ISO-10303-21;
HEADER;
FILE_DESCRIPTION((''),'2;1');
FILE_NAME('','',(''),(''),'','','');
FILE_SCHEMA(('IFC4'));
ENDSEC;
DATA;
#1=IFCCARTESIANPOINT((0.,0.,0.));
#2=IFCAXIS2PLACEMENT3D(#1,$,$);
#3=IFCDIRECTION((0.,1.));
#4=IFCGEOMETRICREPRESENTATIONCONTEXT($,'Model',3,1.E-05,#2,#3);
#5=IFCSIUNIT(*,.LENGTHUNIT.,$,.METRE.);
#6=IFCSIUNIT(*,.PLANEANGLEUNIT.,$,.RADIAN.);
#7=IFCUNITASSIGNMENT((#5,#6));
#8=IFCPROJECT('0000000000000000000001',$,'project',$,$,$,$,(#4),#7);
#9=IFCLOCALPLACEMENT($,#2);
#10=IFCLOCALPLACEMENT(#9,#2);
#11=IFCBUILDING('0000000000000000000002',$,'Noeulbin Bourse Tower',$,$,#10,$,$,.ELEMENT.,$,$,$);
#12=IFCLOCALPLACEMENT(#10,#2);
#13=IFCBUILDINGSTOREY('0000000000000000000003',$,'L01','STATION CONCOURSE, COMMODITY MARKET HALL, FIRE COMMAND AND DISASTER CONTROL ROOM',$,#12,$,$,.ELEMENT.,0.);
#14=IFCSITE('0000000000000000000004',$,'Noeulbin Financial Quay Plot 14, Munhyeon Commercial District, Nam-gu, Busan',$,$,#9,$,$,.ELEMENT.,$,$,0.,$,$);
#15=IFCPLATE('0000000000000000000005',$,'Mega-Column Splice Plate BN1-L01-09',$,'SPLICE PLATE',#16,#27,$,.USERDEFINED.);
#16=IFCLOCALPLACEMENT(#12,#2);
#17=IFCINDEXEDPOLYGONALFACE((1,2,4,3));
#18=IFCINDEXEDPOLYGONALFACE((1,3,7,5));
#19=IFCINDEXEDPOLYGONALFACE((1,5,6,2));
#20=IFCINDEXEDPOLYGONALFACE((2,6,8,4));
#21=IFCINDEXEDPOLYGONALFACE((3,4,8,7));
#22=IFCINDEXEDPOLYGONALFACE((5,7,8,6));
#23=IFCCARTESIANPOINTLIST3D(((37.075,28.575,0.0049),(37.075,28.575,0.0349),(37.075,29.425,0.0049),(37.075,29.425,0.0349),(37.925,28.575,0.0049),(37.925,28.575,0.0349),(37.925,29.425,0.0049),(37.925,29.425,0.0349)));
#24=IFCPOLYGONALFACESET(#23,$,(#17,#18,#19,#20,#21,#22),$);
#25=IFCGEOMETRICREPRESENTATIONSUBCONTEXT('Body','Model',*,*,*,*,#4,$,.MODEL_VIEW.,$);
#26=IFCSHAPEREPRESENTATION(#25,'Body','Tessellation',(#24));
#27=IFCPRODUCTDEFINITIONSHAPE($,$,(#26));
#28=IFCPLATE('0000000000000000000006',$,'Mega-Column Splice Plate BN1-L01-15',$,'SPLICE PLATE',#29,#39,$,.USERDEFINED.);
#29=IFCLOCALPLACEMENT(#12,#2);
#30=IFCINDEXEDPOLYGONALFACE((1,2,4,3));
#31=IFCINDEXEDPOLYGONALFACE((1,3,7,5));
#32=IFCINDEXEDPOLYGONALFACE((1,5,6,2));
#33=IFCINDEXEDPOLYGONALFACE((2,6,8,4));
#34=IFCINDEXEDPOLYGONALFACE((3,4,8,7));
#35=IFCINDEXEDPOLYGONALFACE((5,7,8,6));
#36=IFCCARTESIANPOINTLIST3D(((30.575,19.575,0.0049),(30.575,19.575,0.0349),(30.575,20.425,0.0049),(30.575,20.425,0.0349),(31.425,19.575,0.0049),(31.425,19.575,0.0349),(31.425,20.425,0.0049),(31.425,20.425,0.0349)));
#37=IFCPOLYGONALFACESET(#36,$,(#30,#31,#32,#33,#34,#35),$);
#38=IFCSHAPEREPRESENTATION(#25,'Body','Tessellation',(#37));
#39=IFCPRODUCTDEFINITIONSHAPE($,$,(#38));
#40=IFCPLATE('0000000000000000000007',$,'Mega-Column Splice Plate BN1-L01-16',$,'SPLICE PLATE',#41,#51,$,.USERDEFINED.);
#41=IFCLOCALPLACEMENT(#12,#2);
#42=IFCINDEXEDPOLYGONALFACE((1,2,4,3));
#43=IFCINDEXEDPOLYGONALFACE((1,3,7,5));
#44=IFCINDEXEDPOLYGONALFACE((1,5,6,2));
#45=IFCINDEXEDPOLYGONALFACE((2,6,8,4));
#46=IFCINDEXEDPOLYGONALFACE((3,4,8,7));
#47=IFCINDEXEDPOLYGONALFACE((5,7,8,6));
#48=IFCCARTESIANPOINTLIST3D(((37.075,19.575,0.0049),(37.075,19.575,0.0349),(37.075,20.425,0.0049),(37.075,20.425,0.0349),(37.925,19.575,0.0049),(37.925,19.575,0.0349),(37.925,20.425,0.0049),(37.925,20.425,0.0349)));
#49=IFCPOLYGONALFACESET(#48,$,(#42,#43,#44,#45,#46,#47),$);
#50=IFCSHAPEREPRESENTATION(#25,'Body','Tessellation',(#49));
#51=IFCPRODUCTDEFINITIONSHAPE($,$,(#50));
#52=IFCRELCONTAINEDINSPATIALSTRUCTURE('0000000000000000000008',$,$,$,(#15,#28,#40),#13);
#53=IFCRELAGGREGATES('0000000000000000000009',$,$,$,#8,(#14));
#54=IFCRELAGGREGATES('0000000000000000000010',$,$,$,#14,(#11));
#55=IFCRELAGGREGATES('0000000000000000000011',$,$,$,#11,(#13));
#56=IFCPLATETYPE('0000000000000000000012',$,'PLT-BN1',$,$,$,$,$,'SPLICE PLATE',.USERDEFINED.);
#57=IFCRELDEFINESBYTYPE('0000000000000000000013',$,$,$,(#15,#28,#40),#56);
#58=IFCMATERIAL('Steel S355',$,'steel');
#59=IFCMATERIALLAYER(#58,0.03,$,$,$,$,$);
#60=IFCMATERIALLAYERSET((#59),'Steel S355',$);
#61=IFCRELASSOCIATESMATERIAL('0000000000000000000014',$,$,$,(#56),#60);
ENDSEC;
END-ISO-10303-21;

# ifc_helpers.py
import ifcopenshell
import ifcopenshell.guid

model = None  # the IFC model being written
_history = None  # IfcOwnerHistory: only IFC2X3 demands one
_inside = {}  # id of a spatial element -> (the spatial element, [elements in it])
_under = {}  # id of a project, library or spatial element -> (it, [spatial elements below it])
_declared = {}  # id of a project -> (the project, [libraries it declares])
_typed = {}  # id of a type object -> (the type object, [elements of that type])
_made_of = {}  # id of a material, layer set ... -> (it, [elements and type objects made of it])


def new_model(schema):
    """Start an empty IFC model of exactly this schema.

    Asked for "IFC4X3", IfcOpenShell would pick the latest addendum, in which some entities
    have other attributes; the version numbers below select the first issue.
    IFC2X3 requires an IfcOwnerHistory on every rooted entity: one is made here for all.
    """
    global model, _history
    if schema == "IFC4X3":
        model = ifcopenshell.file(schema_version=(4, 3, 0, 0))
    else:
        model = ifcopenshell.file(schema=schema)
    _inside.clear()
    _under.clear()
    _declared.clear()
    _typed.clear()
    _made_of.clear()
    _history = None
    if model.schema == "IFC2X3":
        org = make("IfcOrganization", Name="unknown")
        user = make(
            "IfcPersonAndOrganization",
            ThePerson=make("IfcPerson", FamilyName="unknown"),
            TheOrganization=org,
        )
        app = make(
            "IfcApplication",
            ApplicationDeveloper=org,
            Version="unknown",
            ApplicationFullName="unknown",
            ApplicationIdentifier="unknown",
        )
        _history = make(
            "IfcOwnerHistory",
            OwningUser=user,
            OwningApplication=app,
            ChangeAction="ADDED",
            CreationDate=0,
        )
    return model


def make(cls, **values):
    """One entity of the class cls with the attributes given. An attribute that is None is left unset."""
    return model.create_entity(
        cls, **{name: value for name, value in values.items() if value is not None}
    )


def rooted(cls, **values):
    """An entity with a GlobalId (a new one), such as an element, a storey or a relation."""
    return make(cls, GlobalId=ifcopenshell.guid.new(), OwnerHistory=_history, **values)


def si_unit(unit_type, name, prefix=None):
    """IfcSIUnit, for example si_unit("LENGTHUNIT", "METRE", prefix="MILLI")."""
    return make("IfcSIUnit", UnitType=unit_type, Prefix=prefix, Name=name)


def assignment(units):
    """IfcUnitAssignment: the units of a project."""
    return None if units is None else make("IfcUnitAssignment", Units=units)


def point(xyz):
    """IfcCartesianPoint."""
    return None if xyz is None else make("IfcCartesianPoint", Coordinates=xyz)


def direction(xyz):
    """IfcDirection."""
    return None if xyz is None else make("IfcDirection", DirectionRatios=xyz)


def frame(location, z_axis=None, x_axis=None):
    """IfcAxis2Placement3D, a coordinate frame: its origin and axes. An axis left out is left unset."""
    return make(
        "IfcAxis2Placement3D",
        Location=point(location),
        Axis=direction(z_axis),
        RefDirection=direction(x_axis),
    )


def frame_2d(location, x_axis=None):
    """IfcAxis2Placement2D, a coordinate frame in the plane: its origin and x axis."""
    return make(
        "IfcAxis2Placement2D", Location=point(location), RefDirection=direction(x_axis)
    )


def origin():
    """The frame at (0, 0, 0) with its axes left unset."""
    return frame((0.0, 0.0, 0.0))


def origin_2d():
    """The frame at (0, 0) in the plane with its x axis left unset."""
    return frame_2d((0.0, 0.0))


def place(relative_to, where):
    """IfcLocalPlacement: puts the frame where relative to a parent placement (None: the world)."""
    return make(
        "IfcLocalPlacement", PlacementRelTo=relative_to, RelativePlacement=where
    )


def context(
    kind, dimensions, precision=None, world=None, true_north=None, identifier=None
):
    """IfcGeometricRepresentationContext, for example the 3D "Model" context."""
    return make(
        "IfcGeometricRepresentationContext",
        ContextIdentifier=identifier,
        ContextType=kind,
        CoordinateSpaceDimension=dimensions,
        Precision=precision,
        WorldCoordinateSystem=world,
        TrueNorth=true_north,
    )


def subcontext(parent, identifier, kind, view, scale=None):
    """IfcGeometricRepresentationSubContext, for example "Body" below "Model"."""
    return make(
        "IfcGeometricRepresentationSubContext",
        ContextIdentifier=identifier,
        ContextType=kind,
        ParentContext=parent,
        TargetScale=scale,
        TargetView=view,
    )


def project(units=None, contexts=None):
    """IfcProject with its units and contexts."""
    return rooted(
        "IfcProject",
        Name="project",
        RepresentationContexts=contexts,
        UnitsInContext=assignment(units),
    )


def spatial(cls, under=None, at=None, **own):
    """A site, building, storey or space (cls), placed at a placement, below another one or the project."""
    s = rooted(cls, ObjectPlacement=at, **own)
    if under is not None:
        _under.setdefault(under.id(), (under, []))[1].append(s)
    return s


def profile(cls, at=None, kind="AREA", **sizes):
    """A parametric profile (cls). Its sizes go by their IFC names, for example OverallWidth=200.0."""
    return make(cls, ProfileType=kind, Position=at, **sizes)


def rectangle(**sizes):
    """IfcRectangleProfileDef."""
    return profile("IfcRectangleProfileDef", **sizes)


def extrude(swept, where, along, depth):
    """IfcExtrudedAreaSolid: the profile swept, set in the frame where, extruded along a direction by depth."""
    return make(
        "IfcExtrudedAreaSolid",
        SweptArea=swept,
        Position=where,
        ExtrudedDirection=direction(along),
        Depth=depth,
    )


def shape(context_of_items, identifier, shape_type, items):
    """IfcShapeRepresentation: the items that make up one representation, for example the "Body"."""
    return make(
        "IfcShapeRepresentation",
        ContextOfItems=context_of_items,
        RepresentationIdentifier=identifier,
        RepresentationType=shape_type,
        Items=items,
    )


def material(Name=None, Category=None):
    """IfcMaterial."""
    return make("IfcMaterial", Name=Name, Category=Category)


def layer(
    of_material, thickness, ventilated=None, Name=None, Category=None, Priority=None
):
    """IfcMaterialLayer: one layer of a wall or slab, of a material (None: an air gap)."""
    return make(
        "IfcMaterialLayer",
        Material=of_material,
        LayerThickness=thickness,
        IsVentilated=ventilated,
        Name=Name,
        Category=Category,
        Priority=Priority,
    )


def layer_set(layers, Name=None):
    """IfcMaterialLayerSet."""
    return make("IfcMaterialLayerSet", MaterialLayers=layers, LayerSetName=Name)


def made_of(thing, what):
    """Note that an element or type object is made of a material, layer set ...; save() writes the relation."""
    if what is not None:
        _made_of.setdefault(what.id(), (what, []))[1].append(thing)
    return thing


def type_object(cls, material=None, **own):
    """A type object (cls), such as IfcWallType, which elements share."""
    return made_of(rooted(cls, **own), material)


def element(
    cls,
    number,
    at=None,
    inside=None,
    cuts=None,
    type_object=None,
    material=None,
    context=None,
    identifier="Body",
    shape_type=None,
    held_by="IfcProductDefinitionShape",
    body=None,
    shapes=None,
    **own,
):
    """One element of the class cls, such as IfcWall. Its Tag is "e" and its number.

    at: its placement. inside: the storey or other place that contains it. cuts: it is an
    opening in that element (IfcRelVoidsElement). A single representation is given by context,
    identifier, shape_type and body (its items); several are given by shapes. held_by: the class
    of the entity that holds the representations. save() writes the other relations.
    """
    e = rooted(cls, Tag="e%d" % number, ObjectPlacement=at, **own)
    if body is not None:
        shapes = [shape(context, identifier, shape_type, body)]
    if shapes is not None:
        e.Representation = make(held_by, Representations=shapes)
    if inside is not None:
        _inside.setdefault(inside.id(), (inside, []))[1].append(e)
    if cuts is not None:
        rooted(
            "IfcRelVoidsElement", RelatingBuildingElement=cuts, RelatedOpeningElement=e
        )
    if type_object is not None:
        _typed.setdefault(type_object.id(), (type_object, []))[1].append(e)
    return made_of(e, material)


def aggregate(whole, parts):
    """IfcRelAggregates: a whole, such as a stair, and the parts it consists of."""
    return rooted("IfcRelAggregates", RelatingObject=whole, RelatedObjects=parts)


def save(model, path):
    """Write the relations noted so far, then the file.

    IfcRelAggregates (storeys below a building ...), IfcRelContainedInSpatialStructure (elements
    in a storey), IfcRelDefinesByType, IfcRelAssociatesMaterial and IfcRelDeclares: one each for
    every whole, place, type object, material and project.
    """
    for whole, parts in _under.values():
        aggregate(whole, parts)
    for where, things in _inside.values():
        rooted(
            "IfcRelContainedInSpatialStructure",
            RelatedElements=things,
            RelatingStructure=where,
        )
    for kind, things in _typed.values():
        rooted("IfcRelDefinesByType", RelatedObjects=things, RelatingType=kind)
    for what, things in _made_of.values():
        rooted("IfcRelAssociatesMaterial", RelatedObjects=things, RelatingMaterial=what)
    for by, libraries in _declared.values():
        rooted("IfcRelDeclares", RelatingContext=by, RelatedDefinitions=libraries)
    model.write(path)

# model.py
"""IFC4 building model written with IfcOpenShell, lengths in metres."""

from ifc_helpers import new_model, si_unit, direction, frame, origin, origin_2d, place, context, subcontext, project, spatial, rectangle, extrude, material, layer, layer_set, type_object, element, save


model = new_model("IFC4")

# Units and contexts
model_context = context("Model", 3, precision=1e-05, world=origin(), true_north=direction((0.0, 1.0)))
body_context = subcontext(model_context, "Body", "Model", "MODEL_VIEW")
ifc_project = project(units=[si_unit("LENGTHUNIT", "METRE"), si_unit("PLANEANGLEUNIT", "RADIAN")], contexts=[model_context])

# Site, building, storey
site_placement = place(None, origin())
site = spatial("IfcSite", under=ifc_project, at=site_placement, Name="Noeulbin Financial Quay Plot 14, Munhyeon Commercial District, Nam-gu, Busan", CompositionType="ELEMENT", RefElevation=0.0)
building_placement = place(site_placement, origin())
building = spatial("IfcBuilding", under=site, at=building_placement, Name="Noeulbin Bourse Tower", CompositionType="ELEMENT")
storey_placement = place(building_placement, origin())
storey = spatial("IfcBuildingStorey", under=building, at=storey_placement, Name="L01", Description="STATION CONCOURSE, COMMODITY MARKET HALL, FIRE COMMAND AND DISASTER CONTROL ROOM", CompositionType="ELEMENT", Elevation=0.0)

# Shared definitions
ifc_material_1 = material(Name="Steel S355", Category="steel")

# Plates
ifc_layer = layer(ifc_material_1, 0.03)
ifc_layer_set = layer_set([ifc_layer], Name="Steel S355")
plate_type = type_object("IfcPlateType", Name="PLT-BN1", ElementType="SPLICE PLATE", PredefinedType="USERDEFINED", material=ifc_layer_set)
for number, where, z_axis, x_axis, name in (
    (1, (37.5, 29.0, 0.0049), (0.0, 0.0, 1.0), (1.0, 0.0, 0.0), "Mega-Column Splice Plate BN1-L01-09"),
    (2, (31.0, 20.0, 0.0049), (0.0, 0.0, 1.0), (1.0, 0.0, 0.0), "Mega-Column Splice Plate BN1-L01-15"),
    (3, (37.5, 20.0, 0.0049), (0.0, 0.0, 1.0), (1.0, 0.0, 0.0), "Mega-Column Splice Plate BN1-L01-16"),
):
    element("IfcPlate", number, at=place(storey_placement, frame(where, z_axis=z_axis, x_axis=x_axis)), inside=storey, type_object=plate_type, Name=name, ObjectType="SPLICE PLATE", PredefinedType="USERDEFINED", context=body_context, shape_type="SweptSolid", body=[
        extrude(rectangle(XDim=0.8501, YDim=0.8501, at=origin_2d()), origin(), (0.0, 0.0, 1.0), 0.03),
    ])

save(model, "model.ifc")
